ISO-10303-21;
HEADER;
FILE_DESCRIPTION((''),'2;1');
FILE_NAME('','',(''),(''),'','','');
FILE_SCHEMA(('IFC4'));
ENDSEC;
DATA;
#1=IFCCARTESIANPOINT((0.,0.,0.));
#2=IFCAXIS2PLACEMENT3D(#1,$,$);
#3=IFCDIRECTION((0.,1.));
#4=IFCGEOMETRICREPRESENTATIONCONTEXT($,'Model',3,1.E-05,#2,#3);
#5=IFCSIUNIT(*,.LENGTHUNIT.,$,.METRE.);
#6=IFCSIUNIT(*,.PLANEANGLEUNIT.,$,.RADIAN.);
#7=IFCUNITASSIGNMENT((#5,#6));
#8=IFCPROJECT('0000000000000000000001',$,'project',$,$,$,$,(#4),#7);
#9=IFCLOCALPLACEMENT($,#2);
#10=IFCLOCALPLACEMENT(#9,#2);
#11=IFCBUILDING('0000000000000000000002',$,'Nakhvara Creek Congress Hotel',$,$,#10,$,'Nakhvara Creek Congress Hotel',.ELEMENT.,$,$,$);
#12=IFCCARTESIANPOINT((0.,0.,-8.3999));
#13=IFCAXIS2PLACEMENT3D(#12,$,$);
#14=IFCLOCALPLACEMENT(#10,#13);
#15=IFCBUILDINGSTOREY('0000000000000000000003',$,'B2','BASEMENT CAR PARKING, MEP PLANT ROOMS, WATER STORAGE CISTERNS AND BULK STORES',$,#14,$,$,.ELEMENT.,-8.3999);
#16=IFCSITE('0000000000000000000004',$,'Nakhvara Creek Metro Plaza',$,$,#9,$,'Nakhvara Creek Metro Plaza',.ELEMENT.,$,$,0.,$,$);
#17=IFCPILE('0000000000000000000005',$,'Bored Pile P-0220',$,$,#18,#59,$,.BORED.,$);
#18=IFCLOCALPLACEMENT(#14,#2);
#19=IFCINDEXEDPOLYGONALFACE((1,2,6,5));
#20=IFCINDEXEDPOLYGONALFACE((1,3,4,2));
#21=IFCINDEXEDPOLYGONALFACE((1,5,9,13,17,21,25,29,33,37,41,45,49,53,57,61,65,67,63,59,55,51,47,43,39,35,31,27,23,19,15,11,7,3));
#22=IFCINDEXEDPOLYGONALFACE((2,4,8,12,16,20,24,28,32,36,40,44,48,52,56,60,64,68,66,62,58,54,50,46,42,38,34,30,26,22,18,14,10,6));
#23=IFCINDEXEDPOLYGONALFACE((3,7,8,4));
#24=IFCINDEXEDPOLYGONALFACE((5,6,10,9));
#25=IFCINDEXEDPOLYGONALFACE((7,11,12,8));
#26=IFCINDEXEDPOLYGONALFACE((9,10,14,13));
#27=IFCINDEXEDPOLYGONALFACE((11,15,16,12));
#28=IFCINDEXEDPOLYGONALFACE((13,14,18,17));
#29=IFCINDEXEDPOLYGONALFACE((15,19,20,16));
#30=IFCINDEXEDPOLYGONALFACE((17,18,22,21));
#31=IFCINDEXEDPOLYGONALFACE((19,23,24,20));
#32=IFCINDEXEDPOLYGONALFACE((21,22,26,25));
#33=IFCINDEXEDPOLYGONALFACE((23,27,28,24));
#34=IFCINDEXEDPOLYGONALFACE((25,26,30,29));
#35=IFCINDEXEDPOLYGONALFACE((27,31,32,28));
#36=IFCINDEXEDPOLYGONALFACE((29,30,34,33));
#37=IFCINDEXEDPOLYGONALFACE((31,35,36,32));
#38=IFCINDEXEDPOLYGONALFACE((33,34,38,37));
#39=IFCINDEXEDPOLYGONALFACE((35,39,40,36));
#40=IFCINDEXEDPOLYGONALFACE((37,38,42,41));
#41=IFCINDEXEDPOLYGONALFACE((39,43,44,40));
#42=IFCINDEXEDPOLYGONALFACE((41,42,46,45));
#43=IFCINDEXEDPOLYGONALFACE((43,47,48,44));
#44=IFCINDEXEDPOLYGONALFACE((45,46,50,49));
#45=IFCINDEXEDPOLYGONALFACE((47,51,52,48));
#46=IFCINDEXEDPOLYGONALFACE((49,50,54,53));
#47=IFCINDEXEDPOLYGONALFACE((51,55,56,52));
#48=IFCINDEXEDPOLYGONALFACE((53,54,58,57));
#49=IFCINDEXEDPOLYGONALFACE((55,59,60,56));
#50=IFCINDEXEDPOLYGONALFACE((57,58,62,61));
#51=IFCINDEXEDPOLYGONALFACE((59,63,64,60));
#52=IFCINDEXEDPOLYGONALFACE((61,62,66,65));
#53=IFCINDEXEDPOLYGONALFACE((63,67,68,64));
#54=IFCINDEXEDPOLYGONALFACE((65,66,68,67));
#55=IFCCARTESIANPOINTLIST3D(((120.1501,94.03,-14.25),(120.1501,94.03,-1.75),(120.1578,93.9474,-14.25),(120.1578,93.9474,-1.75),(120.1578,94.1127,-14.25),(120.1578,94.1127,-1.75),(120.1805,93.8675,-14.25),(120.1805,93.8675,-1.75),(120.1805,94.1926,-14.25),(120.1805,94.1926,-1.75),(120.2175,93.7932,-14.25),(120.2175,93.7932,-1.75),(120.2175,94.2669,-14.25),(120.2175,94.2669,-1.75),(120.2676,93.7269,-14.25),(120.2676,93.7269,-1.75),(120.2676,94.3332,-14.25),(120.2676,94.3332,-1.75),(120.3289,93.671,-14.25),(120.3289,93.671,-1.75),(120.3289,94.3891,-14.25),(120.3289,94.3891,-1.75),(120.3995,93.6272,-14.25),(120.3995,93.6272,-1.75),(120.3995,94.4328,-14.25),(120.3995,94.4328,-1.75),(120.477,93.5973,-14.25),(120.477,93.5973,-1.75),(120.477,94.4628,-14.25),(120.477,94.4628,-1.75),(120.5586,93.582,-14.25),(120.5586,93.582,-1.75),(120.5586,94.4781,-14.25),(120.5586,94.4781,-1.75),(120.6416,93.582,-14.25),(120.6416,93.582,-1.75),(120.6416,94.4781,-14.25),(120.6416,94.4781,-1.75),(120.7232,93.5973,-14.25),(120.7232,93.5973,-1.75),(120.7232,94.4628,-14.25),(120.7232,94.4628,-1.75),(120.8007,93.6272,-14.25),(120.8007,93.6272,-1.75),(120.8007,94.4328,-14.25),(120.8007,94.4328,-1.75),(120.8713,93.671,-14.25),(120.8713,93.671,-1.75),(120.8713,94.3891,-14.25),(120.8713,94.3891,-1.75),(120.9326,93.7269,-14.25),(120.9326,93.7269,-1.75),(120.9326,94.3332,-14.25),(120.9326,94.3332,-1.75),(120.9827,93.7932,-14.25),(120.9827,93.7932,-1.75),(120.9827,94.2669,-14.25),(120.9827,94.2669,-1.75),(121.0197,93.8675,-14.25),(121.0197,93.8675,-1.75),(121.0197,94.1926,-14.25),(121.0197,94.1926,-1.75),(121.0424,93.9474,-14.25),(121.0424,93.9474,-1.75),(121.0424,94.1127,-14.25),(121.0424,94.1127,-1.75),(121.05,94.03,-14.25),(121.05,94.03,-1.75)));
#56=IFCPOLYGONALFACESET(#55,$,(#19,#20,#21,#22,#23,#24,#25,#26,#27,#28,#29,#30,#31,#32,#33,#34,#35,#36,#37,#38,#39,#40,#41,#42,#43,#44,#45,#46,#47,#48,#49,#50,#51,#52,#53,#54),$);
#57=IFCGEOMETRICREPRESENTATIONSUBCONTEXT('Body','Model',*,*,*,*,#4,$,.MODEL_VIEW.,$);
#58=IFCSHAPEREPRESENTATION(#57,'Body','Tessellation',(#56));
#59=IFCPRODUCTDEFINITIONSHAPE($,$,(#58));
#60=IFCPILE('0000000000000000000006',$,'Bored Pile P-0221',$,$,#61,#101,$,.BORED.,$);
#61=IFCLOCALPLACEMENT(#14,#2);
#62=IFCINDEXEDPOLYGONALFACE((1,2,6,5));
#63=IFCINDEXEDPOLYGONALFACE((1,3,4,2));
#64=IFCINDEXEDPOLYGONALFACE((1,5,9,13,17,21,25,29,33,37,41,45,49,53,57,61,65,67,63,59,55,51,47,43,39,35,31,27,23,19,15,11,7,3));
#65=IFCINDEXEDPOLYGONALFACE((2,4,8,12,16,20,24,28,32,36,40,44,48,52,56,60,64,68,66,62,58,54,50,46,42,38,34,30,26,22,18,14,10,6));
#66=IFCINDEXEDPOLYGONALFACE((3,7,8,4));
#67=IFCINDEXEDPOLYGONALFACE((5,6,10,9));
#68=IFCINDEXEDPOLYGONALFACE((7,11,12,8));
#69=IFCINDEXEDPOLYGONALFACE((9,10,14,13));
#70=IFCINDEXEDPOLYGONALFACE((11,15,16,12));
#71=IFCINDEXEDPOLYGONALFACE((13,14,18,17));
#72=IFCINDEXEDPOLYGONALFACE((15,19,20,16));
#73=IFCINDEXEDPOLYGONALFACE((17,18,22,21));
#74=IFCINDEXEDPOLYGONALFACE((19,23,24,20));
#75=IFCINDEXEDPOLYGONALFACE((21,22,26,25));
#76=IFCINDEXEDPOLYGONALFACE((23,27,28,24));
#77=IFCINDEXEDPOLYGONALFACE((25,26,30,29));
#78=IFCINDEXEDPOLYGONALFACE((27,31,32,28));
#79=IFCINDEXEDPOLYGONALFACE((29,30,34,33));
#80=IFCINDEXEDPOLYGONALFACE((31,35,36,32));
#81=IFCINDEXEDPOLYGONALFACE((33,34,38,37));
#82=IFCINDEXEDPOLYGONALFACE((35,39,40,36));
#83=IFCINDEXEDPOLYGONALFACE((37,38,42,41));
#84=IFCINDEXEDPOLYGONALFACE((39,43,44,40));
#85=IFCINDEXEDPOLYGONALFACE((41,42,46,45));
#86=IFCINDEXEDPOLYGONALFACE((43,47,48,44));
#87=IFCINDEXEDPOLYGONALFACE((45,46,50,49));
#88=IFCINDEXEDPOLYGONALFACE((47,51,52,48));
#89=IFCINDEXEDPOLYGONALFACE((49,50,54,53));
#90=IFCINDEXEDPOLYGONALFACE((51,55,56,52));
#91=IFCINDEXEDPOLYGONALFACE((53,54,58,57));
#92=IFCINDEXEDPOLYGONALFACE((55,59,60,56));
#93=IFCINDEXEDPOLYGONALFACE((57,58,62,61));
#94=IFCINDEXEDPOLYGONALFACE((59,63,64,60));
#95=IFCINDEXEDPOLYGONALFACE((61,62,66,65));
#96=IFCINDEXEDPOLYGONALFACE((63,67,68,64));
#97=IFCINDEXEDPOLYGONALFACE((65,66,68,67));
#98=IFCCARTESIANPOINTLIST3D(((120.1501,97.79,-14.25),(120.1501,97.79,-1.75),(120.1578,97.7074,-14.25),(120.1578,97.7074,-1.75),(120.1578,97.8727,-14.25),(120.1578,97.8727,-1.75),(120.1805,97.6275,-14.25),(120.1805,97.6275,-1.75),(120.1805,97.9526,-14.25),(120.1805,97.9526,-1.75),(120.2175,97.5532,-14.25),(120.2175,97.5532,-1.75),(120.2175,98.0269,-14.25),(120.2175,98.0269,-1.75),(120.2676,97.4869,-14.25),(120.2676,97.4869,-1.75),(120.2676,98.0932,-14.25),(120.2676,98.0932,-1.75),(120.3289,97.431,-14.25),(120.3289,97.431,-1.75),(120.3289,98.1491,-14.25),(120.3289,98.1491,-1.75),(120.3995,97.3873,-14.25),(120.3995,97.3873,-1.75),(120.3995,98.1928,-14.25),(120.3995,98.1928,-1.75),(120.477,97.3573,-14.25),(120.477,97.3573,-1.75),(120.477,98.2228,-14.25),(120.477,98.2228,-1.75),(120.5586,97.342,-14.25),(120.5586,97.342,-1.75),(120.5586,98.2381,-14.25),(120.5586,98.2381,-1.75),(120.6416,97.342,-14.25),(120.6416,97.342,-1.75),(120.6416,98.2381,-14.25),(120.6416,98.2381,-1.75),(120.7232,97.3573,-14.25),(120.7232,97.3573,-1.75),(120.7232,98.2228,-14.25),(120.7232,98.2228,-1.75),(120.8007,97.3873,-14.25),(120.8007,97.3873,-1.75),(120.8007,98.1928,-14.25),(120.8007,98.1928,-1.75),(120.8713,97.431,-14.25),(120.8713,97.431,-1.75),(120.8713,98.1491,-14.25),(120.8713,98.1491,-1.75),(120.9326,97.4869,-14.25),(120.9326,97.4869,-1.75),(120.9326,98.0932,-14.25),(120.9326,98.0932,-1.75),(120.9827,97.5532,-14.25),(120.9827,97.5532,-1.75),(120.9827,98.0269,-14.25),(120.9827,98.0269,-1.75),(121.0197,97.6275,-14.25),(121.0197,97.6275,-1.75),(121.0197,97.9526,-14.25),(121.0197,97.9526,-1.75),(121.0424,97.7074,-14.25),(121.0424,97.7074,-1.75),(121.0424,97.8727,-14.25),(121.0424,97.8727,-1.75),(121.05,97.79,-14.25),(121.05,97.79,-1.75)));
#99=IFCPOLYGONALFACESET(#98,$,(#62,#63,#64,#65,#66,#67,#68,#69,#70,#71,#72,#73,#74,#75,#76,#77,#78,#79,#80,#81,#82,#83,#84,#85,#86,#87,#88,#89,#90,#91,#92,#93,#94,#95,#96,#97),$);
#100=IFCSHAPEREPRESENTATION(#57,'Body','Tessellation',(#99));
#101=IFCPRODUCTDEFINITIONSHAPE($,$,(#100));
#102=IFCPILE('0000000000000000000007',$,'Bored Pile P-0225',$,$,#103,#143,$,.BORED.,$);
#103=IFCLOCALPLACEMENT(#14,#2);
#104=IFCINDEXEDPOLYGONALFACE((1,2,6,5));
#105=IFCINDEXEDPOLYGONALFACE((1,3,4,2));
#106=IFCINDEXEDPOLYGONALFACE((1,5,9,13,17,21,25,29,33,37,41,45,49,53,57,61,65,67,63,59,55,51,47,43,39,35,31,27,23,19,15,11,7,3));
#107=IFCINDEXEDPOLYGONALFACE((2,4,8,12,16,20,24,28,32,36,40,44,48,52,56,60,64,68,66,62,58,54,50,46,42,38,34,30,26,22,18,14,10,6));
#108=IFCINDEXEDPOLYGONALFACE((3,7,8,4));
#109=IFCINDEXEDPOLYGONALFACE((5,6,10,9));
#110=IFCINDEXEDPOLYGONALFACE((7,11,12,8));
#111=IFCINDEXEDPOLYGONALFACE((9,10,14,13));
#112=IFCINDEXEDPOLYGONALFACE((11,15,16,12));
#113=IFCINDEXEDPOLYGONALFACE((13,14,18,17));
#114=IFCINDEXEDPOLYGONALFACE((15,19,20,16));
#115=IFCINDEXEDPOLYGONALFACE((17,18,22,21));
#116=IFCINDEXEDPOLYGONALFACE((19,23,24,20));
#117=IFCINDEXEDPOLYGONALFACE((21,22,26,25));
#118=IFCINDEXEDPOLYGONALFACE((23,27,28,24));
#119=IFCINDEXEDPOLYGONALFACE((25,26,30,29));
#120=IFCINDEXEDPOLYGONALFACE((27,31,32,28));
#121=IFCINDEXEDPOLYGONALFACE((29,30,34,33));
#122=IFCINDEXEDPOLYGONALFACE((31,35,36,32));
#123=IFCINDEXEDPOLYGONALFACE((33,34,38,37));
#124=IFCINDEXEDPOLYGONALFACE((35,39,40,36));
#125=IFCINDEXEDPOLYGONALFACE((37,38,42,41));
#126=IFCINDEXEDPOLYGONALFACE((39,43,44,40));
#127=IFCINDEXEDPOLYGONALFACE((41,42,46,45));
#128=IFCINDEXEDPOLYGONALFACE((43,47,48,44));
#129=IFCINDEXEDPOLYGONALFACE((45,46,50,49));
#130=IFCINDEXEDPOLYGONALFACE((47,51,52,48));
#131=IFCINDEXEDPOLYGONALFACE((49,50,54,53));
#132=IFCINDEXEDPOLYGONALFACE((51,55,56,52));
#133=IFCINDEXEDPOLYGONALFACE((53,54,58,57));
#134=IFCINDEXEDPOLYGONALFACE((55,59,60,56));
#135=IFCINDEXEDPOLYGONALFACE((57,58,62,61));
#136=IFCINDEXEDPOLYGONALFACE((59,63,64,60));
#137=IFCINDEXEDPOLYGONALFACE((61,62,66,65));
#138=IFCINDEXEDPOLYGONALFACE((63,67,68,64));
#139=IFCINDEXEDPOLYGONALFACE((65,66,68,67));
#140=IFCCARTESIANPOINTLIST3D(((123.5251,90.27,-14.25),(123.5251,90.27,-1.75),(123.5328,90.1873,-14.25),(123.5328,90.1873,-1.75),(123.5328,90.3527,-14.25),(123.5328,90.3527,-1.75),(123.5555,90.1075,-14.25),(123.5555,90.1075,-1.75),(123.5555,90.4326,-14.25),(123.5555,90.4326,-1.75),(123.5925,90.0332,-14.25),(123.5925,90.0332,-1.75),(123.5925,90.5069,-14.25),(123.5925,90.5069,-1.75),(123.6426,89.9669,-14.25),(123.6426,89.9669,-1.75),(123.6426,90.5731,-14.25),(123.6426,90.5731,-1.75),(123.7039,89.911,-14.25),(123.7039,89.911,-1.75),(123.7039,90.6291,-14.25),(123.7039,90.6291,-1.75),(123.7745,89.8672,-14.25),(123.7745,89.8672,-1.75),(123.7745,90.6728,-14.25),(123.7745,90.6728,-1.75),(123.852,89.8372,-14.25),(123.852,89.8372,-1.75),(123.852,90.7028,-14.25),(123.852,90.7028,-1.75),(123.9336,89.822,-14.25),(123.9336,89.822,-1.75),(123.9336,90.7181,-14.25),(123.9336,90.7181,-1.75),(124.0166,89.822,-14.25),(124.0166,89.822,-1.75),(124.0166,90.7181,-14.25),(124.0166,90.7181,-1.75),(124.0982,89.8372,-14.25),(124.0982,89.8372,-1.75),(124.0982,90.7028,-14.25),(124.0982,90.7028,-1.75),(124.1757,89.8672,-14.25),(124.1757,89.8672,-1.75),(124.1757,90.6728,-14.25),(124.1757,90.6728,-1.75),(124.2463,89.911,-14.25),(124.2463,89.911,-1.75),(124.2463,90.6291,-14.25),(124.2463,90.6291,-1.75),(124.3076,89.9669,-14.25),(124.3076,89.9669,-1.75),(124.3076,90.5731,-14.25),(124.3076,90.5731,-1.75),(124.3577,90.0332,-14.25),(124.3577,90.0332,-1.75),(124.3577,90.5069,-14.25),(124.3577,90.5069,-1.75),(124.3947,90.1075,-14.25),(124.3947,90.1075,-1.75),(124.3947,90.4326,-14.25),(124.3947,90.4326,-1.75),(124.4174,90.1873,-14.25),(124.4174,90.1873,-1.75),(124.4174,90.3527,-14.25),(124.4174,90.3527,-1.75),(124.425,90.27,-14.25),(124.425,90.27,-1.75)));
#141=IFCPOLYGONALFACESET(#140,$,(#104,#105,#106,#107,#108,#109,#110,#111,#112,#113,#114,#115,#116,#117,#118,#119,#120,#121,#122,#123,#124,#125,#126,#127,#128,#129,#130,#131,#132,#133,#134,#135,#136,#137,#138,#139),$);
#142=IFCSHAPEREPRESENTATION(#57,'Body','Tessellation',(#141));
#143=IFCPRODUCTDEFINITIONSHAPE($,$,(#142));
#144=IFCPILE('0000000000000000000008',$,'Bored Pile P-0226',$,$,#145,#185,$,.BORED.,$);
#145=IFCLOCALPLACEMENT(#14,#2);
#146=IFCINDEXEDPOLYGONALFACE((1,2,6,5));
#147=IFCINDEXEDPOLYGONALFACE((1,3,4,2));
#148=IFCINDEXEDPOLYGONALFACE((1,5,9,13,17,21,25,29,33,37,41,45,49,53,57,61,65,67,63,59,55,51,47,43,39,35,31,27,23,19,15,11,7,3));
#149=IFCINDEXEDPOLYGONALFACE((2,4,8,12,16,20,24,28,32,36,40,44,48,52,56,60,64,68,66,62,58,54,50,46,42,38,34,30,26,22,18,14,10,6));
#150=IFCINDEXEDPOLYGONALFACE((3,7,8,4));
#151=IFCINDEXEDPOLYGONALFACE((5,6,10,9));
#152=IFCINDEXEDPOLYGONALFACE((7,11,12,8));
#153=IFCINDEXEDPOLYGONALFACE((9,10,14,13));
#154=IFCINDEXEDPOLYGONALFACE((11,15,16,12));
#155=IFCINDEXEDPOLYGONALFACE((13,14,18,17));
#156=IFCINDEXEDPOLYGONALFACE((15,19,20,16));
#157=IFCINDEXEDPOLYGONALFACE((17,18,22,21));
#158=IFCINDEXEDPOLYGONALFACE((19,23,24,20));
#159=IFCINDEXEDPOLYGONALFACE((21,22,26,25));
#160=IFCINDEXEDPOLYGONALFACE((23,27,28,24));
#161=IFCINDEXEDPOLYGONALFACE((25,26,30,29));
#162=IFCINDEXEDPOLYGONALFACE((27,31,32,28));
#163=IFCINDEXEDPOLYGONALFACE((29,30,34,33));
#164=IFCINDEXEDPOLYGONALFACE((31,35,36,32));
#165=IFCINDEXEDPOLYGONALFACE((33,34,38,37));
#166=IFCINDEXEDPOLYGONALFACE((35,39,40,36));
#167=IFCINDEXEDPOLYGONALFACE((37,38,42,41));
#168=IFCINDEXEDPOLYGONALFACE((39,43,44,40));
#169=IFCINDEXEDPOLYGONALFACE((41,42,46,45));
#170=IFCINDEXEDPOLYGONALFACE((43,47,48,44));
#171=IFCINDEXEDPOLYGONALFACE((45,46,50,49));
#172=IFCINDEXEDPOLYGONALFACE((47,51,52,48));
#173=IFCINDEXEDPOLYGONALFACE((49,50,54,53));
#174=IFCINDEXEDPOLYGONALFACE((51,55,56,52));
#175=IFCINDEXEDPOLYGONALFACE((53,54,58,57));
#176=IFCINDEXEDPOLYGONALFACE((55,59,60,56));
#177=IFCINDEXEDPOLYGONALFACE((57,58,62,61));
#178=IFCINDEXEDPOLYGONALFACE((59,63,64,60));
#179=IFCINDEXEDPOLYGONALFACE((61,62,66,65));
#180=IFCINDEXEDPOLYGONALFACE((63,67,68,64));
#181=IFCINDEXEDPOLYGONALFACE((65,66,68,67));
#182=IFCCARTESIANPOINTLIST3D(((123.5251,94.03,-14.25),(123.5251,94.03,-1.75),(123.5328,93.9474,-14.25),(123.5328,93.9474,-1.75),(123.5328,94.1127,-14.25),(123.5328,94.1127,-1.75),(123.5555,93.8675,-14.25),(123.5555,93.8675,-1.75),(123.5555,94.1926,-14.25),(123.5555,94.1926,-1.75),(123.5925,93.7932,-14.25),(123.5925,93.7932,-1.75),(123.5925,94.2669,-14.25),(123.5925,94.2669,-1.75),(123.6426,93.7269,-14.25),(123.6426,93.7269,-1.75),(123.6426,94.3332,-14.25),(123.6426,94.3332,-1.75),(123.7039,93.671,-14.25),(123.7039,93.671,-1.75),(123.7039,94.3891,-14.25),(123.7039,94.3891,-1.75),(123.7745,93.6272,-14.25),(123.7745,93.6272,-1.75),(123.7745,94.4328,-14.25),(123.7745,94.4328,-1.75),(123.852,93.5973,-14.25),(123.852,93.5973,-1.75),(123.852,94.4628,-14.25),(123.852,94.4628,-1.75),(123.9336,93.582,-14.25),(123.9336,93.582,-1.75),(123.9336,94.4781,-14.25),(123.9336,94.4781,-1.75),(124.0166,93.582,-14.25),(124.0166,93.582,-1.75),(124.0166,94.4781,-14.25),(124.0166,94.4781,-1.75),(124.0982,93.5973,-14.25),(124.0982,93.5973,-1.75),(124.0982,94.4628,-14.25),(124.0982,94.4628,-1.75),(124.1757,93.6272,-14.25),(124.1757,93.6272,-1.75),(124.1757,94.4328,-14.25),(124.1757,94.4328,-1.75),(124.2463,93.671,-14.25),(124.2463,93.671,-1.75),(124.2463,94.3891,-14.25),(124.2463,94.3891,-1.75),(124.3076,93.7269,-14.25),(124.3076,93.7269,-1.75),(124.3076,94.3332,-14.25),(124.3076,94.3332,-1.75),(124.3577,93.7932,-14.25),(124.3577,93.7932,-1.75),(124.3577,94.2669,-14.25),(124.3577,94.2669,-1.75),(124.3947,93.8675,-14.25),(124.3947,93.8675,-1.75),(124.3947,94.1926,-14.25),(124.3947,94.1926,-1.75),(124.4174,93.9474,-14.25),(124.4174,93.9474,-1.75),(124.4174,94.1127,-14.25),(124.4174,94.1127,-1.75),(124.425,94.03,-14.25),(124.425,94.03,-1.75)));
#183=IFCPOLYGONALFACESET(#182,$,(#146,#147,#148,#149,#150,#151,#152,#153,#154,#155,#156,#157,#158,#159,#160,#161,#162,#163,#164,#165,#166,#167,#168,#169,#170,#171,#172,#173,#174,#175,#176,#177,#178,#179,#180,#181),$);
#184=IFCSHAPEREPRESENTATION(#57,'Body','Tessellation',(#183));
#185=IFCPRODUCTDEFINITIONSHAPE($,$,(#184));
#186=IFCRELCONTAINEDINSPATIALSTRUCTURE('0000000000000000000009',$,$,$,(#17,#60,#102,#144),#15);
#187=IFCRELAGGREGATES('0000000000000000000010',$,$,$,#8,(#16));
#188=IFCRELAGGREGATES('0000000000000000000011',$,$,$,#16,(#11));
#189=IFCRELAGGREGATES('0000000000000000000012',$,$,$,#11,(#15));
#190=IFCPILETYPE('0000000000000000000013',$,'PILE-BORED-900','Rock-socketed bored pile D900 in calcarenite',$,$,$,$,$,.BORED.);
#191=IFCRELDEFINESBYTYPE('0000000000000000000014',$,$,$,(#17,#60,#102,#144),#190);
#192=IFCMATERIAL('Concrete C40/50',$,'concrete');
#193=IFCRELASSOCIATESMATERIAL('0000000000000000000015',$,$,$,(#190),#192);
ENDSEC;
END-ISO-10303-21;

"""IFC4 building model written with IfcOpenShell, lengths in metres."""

from ifc_helpers import new_model, si_unit, direction, frame, origin, origin_2d, place, context, subcontext, project, spatial, circle, extrude, material, material_profile, profile_set, type_object, element, save


model = new_model("IFC4")

# Units and contexts
model_context = context("Model", 3, precision=1e-05, world=origin(), true_north=direction((0.0, 1.0)))
body_context = subcontext(model_context, "Body", "Model", "MODEL_VIEW")
ifc_project = project(units=[si_unit("LENGTHUNIT", "METRE"), si_unit("PLANEANGLEUNIT", "RADIAN")], contexts=[model_context])

# Site, building, storey
site_placement = place(None, origin())
site = spatial("IfcSite", under=ifc_project, at=site_placement, Name="Nakhvara Creek Metro Plaza", LongName="Nakhvara Creek Metro Plaza", CompositionType="ELEMENT", RefElevation=0.0)
building_placement = place(site_placement, origin())
building = spatial("IfcBuilding", under=site, at=building_placement, Name="Nakhvara Creek Congress Hotel", LongName="Nakhvara Creek Congress Hotel", CompositionType="ELEMENT")
storey_placement = place(building_placement, frame((0.0, 0.0, -8.3999)))
storey = spatial("IfcBuildingStorey", under=building, at=storey_placement, Name="B2", Description="BASEMENT CAR PARKING, MEP PLANT ROOMS, WATER STORAGE CISTERNS AND BULK STORES", CompositionType="ELEMENT", Elevation=-8.3999)

# Shared definitions
ifc_material_1 = material(Name="Concrete C40/50", Category="concrete")

# Piles
ifc_material_profile_1 = material_profile(ifc_material_1, circle(Radius=0.45, at=origin_2d()), Name="BORED PILE D900", Category="LoadBearing")
ifc_profile_set_1 = profile_set([ifc_material_profile_1], Name="Concrete C40/50")
pile_type = type_object("IfcPileType", Name="PILE-BORED-900", Description="Rock-socketed bored pile D900 in calcarenite", PredefinedType="BORED", material=ifc_profile_set_1)
for number, where, z_axis, x_axis, name in (
    (1, (120.6001, 94.03, -1.75), (0.0, 0.0, -1.0), (1.0, 0.0, 0.0), "Bored Pile P-0220"),
    (2, (120.6001, 97.79, -1.75), (0.0, 0.0, -1.0), (1.0, 0.0, 0.0), "Bored Pile P-0221"),
    (3, (123.9751, 90.27, -1.75), (0.0, 0.0, -1.0), (1.0, 0.0, 0.0), "Bored Pile P-0225"),
    (4, (123.9751, 94.03, -1.75), (0.0, 0.0, -1.0), (1.0, 0.0, 0.0), "Bored Pile P-0226"),
):
    element("IfcPile", number, at=place(storey_placement, frame(where, z_axis=z_axis, x_axis=x_axis)), inside=storey, type_object=pile_type, Name=name, PredefinedType="BORED", context=body_context, shape_type="SweptSolid", body=[
        extrude(circle(Radius=0.45, at=origin_2d()), origin(), (0.0, 0.0, 1.0), 12.5),
    ])

save(model, "model.ifc")
